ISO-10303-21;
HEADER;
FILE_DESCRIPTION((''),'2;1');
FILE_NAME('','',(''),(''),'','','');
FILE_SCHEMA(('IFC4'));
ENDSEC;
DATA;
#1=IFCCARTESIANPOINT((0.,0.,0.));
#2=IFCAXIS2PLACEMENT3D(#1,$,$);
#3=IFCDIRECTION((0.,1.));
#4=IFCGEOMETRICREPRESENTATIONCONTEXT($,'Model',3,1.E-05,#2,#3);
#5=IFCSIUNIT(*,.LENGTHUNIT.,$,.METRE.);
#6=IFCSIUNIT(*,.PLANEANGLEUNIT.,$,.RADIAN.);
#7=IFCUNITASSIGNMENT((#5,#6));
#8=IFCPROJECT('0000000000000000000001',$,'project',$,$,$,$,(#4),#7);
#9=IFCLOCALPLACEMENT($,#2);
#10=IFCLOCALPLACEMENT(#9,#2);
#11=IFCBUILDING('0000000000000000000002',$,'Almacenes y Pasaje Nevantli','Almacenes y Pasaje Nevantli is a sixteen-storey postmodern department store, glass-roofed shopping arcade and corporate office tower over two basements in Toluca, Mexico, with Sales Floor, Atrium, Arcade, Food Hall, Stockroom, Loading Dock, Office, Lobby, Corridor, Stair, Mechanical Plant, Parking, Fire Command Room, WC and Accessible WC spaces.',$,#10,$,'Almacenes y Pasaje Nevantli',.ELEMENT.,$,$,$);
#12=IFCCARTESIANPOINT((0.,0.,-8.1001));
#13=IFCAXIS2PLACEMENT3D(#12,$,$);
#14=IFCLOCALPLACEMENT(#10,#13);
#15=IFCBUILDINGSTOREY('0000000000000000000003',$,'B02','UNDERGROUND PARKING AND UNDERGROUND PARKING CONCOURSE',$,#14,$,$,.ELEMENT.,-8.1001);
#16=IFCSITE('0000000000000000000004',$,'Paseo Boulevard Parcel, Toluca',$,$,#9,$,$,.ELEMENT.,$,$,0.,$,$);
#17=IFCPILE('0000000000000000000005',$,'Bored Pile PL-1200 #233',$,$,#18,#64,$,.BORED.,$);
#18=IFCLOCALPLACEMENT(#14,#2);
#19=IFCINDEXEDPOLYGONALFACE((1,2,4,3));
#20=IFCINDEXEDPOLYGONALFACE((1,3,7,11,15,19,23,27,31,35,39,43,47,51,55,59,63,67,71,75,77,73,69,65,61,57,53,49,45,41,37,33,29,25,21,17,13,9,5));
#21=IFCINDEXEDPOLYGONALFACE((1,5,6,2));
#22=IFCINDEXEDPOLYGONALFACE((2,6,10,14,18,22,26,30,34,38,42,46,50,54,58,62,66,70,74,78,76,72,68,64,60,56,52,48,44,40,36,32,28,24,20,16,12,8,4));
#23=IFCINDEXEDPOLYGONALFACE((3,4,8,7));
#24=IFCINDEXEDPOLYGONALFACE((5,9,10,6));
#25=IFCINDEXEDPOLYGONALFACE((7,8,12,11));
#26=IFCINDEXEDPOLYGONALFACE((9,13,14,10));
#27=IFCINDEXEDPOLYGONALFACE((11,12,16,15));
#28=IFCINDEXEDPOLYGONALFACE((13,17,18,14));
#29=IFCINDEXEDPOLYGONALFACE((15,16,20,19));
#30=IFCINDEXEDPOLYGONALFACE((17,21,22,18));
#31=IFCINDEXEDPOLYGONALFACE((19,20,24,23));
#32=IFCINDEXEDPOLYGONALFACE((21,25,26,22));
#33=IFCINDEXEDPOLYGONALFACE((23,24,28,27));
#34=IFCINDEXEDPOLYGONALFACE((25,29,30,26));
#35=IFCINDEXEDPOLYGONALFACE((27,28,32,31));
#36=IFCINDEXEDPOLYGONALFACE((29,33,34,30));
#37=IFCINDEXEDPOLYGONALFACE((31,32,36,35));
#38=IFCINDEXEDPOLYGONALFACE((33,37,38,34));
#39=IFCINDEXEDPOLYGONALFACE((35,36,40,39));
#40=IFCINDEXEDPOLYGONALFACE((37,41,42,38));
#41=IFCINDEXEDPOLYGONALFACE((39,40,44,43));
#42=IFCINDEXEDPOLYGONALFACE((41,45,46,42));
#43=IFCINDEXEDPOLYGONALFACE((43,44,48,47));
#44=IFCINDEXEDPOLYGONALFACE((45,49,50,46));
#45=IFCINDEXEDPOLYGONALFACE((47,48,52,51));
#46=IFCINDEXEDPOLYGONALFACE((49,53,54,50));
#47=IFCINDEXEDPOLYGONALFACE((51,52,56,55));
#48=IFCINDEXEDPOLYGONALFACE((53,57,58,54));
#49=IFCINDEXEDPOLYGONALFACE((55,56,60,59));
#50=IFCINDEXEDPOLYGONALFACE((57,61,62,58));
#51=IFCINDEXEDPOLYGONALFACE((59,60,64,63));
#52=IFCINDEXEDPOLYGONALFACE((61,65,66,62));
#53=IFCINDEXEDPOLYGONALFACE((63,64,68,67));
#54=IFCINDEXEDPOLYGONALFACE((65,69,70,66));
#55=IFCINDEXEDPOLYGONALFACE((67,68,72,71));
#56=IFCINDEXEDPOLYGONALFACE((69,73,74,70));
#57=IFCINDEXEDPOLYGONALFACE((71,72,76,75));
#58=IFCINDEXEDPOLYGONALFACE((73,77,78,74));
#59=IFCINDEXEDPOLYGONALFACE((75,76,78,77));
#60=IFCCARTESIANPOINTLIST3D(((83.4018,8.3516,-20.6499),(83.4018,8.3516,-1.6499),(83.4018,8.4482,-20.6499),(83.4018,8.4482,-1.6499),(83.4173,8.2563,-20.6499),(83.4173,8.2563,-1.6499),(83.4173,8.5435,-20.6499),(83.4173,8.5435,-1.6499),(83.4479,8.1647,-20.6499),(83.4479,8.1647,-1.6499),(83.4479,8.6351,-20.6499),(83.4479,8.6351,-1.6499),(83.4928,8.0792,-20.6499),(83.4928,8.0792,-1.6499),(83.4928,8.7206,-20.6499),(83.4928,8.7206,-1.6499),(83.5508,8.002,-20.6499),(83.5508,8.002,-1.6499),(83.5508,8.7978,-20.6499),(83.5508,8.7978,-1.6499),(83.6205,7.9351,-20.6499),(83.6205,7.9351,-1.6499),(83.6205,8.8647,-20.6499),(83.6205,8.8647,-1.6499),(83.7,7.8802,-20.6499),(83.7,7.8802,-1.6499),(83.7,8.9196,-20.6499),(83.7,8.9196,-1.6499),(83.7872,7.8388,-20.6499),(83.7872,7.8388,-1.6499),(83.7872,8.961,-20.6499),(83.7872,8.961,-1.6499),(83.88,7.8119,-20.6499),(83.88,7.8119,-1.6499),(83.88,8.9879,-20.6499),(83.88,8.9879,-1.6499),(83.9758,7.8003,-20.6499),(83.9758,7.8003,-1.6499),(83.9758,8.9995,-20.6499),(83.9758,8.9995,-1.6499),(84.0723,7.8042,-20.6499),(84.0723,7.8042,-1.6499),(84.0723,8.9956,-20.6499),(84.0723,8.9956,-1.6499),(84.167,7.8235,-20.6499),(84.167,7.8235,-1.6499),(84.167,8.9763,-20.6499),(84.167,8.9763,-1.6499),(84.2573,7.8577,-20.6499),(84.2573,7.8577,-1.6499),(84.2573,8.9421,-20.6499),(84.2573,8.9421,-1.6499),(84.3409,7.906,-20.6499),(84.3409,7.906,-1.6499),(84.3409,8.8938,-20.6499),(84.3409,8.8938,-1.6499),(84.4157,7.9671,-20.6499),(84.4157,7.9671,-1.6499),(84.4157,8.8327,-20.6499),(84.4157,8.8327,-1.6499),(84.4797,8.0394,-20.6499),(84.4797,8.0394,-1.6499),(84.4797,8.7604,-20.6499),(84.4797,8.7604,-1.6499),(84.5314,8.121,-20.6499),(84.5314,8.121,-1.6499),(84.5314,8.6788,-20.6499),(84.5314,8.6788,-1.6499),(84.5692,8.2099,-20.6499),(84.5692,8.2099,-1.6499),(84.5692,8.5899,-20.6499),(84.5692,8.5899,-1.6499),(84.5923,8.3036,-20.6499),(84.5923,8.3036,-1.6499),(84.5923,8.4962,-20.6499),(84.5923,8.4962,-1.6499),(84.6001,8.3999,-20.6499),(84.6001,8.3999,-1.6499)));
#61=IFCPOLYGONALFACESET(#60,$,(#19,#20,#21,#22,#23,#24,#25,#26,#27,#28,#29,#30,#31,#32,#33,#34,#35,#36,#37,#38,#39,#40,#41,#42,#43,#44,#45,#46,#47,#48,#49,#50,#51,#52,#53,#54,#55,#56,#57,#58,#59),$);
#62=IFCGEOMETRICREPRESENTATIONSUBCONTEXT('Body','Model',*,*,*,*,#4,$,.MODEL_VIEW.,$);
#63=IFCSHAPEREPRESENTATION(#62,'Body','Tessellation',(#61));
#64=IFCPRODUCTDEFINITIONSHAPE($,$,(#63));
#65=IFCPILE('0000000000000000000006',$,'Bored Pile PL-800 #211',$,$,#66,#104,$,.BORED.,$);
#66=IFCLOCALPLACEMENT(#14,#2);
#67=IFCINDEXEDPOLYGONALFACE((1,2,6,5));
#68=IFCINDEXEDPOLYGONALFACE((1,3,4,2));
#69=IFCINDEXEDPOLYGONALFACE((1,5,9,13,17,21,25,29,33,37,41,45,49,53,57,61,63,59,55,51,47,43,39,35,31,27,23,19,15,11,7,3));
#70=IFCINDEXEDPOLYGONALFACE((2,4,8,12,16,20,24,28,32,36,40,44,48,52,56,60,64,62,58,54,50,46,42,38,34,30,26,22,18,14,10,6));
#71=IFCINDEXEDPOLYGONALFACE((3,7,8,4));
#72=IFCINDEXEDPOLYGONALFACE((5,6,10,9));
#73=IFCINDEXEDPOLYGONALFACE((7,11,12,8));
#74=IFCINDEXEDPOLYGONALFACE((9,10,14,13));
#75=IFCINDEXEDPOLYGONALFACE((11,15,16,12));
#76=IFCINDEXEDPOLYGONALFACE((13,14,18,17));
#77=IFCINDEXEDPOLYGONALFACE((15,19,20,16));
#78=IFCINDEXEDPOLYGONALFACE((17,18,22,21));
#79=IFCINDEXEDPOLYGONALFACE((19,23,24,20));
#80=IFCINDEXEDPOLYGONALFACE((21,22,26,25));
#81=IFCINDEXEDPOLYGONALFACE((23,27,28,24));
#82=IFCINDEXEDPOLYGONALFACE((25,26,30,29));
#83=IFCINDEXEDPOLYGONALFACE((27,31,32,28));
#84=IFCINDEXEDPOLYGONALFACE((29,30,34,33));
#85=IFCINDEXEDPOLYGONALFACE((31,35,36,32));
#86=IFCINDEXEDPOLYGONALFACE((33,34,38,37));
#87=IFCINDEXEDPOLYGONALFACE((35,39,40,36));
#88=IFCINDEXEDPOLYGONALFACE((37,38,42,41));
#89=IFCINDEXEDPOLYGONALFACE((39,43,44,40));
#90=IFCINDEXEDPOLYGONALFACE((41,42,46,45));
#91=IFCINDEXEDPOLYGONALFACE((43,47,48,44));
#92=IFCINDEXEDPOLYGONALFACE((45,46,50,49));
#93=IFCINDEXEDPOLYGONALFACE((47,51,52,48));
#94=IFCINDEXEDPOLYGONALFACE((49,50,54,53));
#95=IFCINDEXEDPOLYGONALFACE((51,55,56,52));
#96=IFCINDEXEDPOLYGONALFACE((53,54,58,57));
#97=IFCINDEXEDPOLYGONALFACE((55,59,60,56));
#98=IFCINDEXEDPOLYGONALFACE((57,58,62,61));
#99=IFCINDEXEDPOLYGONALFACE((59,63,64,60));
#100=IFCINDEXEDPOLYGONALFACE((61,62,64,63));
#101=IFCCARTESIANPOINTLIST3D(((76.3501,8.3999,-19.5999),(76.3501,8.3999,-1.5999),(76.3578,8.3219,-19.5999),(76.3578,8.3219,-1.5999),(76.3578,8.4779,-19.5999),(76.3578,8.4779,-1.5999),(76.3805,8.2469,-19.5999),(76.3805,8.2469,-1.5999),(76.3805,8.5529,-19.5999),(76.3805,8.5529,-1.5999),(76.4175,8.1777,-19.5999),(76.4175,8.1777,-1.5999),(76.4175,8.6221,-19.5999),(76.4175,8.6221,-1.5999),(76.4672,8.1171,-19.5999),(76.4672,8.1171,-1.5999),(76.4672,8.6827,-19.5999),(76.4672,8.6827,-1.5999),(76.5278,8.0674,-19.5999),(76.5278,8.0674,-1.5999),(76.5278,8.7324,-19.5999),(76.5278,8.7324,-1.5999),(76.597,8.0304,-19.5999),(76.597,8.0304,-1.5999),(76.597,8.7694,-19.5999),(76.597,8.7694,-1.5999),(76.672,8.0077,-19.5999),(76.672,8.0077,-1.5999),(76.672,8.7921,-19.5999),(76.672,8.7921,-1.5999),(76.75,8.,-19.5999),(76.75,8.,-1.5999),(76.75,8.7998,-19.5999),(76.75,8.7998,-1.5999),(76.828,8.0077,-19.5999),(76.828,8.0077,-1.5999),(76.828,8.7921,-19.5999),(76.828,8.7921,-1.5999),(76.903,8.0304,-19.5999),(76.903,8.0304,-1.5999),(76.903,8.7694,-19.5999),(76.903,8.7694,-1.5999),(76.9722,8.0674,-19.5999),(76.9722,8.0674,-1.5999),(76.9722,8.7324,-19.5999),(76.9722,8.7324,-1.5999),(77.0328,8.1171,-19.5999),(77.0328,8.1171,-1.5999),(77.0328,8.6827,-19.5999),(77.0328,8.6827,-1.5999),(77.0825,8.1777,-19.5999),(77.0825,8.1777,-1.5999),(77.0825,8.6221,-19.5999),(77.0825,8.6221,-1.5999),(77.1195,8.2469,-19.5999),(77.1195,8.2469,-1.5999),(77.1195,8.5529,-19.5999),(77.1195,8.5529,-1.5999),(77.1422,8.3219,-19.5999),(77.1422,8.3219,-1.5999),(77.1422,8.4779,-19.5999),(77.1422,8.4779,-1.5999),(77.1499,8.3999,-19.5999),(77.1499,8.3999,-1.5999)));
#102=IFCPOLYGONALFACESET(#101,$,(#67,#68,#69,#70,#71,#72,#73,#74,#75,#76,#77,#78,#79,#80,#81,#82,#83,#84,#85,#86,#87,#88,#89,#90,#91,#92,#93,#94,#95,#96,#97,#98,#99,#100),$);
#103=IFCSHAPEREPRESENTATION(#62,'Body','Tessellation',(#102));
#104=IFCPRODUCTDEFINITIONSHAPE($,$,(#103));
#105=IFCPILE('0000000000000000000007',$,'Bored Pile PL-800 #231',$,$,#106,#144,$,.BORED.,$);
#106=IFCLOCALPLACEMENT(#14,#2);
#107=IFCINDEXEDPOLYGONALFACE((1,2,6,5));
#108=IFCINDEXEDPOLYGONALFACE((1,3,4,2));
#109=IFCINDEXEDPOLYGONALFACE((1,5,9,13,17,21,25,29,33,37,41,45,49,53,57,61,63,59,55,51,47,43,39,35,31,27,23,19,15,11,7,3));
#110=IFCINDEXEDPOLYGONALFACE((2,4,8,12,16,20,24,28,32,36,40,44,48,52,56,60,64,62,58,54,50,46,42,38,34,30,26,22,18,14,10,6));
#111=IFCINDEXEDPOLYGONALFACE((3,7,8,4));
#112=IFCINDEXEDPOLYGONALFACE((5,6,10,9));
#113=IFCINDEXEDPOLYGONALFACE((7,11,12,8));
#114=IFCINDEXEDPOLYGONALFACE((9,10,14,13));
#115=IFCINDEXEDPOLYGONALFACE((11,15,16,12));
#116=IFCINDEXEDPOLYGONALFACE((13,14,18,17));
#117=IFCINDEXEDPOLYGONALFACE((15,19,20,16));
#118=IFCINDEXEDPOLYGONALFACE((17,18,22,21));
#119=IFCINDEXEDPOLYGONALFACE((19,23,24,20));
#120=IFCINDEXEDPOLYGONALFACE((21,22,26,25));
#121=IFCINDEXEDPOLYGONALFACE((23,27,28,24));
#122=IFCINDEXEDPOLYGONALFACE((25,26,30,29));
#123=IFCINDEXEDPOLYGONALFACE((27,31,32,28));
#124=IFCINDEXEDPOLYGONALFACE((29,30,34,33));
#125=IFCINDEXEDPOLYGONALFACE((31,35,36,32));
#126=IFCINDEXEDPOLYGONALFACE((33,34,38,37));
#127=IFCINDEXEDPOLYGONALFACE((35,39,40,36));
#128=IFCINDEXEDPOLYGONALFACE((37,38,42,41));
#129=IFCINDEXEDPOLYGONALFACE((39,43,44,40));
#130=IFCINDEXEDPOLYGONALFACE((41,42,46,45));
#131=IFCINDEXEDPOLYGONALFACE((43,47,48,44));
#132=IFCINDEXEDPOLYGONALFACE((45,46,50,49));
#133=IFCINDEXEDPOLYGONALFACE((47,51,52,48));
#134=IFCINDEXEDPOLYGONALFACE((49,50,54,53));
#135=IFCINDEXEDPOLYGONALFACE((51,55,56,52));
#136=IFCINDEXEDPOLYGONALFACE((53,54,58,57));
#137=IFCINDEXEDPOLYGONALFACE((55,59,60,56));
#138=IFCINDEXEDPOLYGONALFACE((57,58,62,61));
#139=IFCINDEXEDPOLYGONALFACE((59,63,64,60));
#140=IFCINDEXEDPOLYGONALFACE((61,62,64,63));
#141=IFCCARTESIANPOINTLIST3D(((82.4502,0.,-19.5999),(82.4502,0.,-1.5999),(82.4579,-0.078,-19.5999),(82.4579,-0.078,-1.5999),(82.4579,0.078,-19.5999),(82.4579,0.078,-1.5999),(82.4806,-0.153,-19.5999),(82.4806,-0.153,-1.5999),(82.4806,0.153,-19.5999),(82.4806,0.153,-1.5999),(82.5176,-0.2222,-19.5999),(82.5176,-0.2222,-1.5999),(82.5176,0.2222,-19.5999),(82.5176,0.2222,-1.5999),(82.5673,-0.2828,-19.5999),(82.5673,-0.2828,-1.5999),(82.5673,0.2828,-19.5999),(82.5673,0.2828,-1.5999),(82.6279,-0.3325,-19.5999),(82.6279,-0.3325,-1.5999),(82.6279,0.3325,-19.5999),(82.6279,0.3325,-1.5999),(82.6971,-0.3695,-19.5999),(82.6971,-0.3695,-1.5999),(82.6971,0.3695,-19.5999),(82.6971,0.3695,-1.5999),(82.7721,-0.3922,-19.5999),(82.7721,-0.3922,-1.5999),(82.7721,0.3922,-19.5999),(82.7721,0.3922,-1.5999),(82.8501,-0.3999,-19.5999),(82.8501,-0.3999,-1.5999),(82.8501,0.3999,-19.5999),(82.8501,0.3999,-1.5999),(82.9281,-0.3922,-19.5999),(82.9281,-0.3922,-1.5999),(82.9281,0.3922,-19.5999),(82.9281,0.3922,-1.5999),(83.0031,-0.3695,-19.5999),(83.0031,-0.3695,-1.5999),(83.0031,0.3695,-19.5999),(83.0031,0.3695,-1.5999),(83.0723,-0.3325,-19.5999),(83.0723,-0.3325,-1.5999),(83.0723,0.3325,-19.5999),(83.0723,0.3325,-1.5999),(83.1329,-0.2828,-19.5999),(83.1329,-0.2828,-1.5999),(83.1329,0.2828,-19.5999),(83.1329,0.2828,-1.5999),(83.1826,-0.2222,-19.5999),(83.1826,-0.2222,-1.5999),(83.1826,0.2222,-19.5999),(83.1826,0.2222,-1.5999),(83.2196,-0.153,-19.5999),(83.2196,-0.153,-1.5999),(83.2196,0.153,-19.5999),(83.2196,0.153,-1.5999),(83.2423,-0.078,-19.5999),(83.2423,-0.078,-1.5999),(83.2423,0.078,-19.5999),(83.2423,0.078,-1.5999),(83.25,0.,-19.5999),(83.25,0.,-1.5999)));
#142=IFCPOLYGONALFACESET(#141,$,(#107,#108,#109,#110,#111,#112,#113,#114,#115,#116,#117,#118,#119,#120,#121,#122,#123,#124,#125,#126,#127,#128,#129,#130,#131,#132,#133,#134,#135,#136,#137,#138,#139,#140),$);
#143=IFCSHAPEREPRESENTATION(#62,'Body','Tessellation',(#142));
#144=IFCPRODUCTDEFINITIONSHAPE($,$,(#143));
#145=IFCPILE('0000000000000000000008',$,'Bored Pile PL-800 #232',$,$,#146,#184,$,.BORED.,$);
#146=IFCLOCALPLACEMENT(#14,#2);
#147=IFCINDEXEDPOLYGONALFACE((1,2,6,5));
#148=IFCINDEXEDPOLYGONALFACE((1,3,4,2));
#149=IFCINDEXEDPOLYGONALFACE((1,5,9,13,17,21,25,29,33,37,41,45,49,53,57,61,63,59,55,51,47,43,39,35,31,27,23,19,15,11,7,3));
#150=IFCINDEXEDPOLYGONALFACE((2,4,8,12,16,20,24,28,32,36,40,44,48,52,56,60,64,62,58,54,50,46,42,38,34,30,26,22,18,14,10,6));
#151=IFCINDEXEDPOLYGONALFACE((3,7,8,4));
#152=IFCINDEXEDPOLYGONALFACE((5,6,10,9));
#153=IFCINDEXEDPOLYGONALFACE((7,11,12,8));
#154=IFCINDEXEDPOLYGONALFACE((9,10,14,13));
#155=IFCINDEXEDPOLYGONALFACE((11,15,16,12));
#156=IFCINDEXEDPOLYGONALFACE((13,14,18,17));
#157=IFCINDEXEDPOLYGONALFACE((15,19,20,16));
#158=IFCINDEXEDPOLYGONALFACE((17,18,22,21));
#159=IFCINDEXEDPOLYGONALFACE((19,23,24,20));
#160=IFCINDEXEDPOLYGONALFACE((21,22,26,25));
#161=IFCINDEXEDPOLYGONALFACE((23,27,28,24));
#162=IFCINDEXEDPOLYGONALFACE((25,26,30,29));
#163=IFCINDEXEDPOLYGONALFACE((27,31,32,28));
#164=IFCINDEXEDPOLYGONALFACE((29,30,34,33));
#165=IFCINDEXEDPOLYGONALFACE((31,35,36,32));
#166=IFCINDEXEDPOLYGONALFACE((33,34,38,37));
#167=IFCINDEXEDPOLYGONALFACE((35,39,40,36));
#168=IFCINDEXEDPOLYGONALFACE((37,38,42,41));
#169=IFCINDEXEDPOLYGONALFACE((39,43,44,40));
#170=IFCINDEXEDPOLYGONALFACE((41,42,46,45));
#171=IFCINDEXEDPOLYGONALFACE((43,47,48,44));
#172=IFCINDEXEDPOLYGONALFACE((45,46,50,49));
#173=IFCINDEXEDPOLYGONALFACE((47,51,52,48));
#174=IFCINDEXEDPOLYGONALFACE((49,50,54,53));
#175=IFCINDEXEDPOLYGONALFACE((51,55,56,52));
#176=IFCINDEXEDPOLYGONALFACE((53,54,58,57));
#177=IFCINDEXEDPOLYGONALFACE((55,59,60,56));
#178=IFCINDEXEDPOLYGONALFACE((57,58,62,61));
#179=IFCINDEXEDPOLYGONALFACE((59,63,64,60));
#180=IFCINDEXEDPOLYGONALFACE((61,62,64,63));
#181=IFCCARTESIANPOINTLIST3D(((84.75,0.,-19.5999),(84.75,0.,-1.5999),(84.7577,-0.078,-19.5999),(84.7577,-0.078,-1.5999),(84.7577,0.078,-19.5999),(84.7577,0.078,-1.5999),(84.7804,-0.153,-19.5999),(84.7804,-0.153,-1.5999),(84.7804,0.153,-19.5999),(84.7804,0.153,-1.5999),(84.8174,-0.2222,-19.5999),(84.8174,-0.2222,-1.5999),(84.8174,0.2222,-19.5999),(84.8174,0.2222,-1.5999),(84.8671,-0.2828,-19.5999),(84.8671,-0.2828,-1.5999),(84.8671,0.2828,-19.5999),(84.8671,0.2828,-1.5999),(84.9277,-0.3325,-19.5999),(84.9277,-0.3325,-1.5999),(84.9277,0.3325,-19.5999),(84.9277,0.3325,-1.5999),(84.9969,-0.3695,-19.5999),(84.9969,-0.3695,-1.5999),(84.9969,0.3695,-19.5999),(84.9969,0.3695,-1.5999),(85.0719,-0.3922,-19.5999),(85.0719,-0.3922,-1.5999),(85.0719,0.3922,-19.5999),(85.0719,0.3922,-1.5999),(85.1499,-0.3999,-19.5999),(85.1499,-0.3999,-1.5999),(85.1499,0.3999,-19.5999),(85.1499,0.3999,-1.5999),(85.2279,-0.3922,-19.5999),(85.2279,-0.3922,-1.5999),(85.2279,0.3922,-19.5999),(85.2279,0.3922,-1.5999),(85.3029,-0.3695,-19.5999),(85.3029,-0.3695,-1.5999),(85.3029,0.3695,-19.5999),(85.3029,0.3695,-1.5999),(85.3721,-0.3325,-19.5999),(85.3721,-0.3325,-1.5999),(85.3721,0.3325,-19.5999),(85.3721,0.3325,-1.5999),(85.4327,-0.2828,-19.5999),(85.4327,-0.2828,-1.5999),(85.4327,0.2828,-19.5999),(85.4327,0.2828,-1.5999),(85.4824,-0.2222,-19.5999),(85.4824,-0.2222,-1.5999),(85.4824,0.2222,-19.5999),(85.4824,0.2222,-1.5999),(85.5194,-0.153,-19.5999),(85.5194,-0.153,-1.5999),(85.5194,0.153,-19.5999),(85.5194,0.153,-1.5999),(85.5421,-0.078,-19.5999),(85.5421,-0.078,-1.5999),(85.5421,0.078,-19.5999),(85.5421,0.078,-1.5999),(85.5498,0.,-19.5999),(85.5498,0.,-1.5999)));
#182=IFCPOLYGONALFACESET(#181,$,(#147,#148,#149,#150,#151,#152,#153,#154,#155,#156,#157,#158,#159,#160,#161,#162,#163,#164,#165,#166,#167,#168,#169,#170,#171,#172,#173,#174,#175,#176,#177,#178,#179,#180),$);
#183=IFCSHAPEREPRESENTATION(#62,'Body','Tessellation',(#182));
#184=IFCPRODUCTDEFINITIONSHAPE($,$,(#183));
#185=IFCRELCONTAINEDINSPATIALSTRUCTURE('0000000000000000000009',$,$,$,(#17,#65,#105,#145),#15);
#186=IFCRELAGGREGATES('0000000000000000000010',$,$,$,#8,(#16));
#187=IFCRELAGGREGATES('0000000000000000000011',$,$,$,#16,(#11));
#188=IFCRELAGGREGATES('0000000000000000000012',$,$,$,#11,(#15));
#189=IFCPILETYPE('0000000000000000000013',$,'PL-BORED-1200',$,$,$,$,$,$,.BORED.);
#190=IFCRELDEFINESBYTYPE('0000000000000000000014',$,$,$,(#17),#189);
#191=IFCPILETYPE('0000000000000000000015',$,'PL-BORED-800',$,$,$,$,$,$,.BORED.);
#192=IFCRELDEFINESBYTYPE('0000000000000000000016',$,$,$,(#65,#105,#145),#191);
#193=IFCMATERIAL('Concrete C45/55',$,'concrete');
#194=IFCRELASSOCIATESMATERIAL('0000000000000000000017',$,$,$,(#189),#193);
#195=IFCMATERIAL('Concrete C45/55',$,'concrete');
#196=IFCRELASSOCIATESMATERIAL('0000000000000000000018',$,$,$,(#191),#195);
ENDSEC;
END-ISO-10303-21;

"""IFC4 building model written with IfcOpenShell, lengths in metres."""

from ifc_helpers import new_model, si_unit, direction, frame, origin, origin_2d, place, context, subcontext, project, spatial, circle, extrude, material, material_profile, profile_set, type_object, element, save


model = new_model("IFC4")

# Units and contexts
model_context = context("Model", 3, precision=1e-05, world=origin(), true_north=direction((0.0, 1.0)))
body_context = subcontext(model_context, "Body", "Model", "MODEL_VIEW")
ifc_project = project(units=[si_unit("LENGTHUNIT", "METRE"), si_unit("PLANEANGLEUNIT", "RADIAN")], contexts=[model_context])

# Site, building, storey
site_placement = place(None, origin())
site = spatial("IfcSite", under=ifc_project, at=site_placement, Name="Paseo Boulevard Parcel, Toluca", CompositionType="ELEMENT", RefElevation=0.0)
building_placement = place(site_placement, origin())
building = spatial("IfcBuilding", under=site, at=building_placement, Name="Almacenes y Pasaje Nevantli", Description="Almacenes y Pasaje Nevantli is a sixteen-storey postmodern department store, glass-roofed shopping arcade and corporate office tower over two basements in Toluca, Mexico, with Sales Floor, Atrium, Arcade, Food Hall, Stockroom, Loading Dock, Office, Lobby, Corridor, Stair, Mechanical Plant, Parking, Fire Command Room, WC and Accessible WC spaces.", LongName="Almacenes y Pasaje Nevantli", CompositionType="ELEMENT")
storey_placement = place(building_placement, frame((0.0, 0.0, -8.1001)))
storey = spatial("IfcBuildingStorey", under=building, at=storey_placement, Name="B02", Description="UNDERGROUND PARKING AND UNDERGROUND PARKING CONCOURSE", CompositionType="ELEMENT", Elevation=-8.1001)

# Piles
ifc_material_1 = material(Name="Concrete C45/55", Category="concrete")
ifc_material_profile_1 = material_profile(ifc_material_1, circle(Radius=0.6001, at=origin_2d()), Name="RC-PILE-D1200")
ifc_profile_set_1 = profile_set([ifc_material_profile_1], Name="Concrete C45/55")
pile_type_1 = type_object("IfcPileType", Name="PL-BORED-1200", PredefinedType="BORED", material=ifc_profile_set_1)
for number, where, z_axis, x_axis, name in (
    (1, (84.0, 8.3999, -1.6499), (0.0, 0.0, -1.0), (1.0, 0.0, 0.0), "Bored Pile PL-1200 #233"),
):
    element("IfcPile", number, at=place(storey_placement, frame(where, z_axis=z_axis, x_axis=x_axis)), inside=storey, type_object=pile_type_1, Name=name, PredefinedType="BORED", context=body_context, shape_type="SweptSolid", body=[
        extrude(circle(Radius=0.6001, at=origin_2d()), origin(), (0.0, 0.0, 1.0), 19.0),
    ])
ifc_material_2 = material(Name="Concrete C45/55", Category="concrete")
ifc_material_profile_2 = material_profile(ifc_material_2, circle(Radius=0.3999, at=origin_2d()), Name="RC-PILE-D800")
ifc_profile_set_2 = profile_set([ifc_material_profile_2], Name="Concrete C45/55")
pile_type_2 = type_object("IfcPileType", Name="PL-BORED-800", PredefinedType="BORED", material=ifc_profile_set_2)
for number, where, z_axis, x_axis, name in (
    (2, (76.75, 8.3999, -1.5999), (0.0, 0.0, -1.0), (1.0, 0.0, 0.0), "Bored Pile PL-800 #211"),
    (3, (82.8501, 0.0, -1.5999), (0.0, 0.0, -1.0), (1.0, 0.0, 0.0), "Bored Pile PL-800 #231"),
    (4, (85.1499, 0.0, -1.5999), (0.0, 0.0, -1.0), (1.0, 0.0, 0.0), "Bored Pile PL-800 #232"),
):
    element("IfcPile", number, at=place(storey_placement, frame(where, z_axis=z_axis, x_axis=x_axis)), inside=storey, type_object=pile_type_2, Name=name, PredefinedType="BORED", context=body_context, shape_type="SweptSolid", body=[
        extrude(circle(Radius=0.3999, at=origin_2d()), origin(), (0.0, 0.0, 1.0), 18.0),
    ])

save(model, "model.ifc")
